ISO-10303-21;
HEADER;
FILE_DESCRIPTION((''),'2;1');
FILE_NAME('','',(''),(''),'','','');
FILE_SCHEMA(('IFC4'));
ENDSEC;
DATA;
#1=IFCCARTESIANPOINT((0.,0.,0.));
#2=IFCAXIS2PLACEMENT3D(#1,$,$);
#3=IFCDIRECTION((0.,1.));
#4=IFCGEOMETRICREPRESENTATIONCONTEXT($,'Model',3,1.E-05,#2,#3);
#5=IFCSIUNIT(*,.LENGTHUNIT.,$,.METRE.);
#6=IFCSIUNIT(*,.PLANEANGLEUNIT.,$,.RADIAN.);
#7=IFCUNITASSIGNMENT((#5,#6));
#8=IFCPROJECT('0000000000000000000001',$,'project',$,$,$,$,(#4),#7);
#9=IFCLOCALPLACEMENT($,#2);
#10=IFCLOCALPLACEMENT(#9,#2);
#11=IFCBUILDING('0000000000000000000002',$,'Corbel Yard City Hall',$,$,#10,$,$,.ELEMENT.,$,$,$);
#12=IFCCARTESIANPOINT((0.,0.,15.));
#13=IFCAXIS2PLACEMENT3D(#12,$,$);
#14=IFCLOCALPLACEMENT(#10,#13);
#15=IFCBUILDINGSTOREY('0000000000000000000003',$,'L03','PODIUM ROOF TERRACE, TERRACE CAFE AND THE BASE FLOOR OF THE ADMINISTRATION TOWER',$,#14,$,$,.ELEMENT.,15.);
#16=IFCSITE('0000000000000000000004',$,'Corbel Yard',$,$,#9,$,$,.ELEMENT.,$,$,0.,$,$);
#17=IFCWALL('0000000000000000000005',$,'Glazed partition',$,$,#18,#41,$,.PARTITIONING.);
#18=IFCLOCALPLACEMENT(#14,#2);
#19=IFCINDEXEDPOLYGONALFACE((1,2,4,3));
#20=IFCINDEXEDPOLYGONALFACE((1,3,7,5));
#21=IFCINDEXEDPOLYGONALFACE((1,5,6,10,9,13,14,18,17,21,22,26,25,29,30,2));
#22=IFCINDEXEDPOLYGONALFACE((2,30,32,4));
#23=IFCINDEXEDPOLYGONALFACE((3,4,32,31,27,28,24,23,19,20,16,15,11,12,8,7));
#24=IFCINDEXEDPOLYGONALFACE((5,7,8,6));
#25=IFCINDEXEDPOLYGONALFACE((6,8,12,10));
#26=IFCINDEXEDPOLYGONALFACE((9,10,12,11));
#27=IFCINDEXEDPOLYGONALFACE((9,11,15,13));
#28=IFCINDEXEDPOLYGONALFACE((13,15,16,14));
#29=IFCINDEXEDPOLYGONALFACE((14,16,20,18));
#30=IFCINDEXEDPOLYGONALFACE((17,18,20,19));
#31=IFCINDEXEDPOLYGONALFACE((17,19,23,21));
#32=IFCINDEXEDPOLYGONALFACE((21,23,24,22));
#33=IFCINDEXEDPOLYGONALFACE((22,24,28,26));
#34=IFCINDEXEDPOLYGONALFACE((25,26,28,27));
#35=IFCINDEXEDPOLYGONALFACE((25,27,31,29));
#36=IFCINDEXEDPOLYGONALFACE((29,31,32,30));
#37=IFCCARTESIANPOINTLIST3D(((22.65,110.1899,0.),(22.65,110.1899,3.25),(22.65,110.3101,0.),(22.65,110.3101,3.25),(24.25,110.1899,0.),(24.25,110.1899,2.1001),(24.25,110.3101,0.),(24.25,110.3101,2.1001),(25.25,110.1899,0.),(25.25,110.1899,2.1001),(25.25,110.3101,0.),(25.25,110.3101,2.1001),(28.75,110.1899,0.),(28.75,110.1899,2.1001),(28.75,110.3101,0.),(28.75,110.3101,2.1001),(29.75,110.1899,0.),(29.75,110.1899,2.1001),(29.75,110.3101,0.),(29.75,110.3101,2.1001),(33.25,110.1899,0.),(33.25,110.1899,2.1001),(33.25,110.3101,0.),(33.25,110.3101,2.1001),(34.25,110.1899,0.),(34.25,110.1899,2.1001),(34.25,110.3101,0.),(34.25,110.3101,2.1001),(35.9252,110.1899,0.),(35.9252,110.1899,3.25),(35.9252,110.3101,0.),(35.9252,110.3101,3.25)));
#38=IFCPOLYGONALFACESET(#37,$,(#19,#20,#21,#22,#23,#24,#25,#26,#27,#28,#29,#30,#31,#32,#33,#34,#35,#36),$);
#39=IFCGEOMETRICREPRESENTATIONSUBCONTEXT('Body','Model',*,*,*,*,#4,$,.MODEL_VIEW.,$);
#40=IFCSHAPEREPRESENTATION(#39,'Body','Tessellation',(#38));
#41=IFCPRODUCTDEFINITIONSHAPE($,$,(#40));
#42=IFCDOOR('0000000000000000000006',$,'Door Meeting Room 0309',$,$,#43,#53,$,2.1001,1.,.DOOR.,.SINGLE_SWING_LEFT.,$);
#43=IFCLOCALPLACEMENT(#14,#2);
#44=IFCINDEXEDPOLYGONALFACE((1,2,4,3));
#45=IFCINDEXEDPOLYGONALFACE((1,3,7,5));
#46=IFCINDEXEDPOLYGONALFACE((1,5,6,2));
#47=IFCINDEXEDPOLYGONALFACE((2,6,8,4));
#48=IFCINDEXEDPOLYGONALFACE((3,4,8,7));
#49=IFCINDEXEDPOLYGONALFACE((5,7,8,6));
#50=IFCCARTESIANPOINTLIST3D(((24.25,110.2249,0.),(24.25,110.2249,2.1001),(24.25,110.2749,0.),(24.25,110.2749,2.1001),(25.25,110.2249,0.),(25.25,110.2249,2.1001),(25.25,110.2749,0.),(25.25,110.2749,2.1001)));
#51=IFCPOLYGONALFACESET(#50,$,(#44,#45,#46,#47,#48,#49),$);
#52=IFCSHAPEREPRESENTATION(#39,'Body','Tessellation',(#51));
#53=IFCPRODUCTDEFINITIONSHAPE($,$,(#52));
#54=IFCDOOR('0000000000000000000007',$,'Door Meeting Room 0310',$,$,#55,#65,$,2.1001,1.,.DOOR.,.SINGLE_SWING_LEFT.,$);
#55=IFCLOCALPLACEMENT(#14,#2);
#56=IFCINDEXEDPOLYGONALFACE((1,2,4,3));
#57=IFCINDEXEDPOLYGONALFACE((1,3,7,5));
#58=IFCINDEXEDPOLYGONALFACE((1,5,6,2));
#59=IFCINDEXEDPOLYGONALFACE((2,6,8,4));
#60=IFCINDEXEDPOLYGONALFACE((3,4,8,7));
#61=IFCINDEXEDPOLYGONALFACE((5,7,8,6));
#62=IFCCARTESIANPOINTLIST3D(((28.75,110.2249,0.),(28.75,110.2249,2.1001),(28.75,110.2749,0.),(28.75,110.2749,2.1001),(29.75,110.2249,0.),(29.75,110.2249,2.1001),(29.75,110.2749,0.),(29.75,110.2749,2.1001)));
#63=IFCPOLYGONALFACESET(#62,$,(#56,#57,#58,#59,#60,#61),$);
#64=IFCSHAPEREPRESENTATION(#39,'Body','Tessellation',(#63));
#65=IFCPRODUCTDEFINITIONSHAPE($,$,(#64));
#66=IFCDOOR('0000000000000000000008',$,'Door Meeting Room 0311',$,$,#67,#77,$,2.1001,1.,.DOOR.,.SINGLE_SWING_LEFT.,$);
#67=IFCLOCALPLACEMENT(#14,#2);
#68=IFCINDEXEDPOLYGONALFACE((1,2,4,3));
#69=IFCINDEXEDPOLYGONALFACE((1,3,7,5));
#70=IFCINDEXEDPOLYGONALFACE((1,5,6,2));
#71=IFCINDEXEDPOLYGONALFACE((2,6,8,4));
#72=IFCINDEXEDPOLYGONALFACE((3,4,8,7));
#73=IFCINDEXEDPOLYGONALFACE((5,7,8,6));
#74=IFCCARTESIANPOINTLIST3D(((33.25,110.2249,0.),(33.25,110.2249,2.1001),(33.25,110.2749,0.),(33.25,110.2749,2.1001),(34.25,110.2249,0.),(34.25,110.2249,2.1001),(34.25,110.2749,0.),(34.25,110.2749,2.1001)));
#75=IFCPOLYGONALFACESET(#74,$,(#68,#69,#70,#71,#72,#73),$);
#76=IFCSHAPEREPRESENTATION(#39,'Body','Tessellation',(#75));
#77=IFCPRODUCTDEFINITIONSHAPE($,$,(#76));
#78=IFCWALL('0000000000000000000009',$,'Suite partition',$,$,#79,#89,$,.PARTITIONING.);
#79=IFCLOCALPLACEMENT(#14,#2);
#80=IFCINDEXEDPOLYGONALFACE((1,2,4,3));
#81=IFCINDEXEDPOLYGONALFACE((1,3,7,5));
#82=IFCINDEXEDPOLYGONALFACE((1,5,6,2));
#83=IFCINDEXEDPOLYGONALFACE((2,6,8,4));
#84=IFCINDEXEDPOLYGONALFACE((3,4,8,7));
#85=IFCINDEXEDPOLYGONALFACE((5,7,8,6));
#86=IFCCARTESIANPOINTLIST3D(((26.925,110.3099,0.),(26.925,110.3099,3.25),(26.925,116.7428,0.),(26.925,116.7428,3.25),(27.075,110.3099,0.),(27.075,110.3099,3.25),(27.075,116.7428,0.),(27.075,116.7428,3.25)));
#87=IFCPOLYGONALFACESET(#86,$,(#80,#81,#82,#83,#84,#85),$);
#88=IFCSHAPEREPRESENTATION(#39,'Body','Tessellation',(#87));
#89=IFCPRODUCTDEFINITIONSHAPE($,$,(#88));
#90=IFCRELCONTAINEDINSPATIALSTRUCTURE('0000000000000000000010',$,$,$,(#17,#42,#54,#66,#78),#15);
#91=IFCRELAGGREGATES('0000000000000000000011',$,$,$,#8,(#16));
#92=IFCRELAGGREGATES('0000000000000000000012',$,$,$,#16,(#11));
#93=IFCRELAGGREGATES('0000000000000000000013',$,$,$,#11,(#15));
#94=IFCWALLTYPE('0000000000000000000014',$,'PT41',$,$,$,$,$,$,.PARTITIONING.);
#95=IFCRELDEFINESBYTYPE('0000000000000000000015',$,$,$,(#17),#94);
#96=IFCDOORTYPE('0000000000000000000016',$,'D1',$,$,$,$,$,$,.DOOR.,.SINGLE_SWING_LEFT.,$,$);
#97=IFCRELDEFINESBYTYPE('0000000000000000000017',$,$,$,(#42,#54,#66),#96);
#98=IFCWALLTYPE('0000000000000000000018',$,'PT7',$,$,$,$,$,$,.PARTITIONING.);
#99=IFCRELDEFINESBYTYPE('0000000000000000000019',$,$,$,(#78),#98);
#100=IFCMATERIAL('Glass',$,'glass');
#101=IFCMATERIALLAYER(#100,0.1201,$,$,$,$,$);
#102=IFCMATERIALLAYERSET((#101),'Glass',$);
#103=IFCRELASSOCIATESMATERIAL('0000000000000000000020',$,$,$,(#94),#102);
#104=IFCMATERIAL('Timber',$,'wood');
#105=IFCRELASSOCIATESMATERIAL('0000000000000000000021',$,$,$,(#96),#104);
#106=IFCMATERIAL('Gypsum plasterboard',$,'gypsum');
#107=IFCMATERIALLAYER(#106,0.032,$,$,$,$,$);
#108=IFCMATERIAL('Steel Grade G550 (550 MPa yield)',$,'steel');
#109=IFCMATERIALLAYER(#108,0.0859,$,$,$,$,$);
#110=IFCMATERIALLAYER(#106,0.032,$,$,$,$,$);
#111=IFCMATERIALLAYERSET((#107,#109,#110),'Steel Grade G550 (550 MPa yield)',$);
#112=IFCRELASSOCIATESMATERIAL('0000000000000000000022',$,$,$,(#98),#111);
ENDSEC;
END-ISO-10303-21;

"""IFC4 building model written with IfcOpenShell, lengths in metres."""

from ifc_helpers import new_model, si_unit, direction, frame, frame_2d, origin, place, context, subcontext, project, spatial, rectangle, extrude, material, layer, layer_set, type_object, element, fill, save


model = new_model("IFC4")

# Units and contexts
model_context = context("Model", 3, precision=1e-05, world=origin(), true_north=direction((0.0, 1.0)))
body_context = subcontext(model_context, "Body", "Model", "MODEL_VIEW")
ifc_project = project(units=[si_unit("LENGTHUNIT", "METRE"), si_unit("PLANEANGLEUNIT", "RADIAN")], contexts=[model_context])

# Site, building, storey
site_placement = place(None, origin())
site = spatial("IfcSite", under=ifc_project, at=site_placement, Name="Corbel Yard", CompositionType="ELEMENT", RefElevation=0.0)
building_placement = place(site_placement, origin())
building = spatial("IfcBuilding", under=site, at=building_placement, Name="Corbel Yard City Hall", CompositionType="ELEMENT")
storey_placement = place(building_placement, frame((0.0, 0.0, 15.0)))
storey = spatial("IfcBuildingStorey", under=building, at=storey_placement, Name="L03", Description="PODIUM ROOF TERRACE, TERRACE CAFE AND THE BASE FLOOR OF THE ADMINISTRATION TOWER", CompositionType="ELEMENT", Elevation=15.0)

# Shared definitions
ifc_material_1 = material(Name="Gypsum plasterboard", Category="gypsum")
ifc_material_2 = material(Name="Steel Grade G550 (550 MPa yield)", Category="steel")

# Wall, openings, doors
ifc_material_3 = material(Name="Glass", Category="glass")
ifc_layer_1 = layer(ifc_material_3, 0.1201)
ifc_layer_set_1 = layer_set([ifc_layer_1], Name="Glass")
wall_type_1 = type_object("IfcWallType", Name="PT41", PredefinedType="PARTITIONING", material=ifc_layer_set_1)
wall_1_placement = place(storey_placement, frame((22.6499, 110.25, 0.0), z_axis=(0.0, 0.0, 1.0), x_axis=(1.0, 0.0, 0.0)))
wall_1 = element("IfcWall", 1, at=wall_1_placement, inside=storey, type_object=wall_type_1, Name="Glazed partition", PredefinedType="PARTITIONING", context=body_context, shape_type="SweptSolid", body=[
    extrude(rectangle(XDim=13.2751, YDim=0.1201, at=frame_2d((6.6377, 0.0))), origin(), (0.0, 0.0, 1.0), 3.25),
])
opening_1_placement = place(wall_1_placement, frame((1.6001, 0.0, 0.0)))
opening_1 = element("IfcOpeningElement", 2, at=opening_1_placement, cuts=wall_1, PredefinedType="OPENING", context=body_context, shape_type="SweptSolid", body=[
    extrude(rectangle(XDim=1.0, YDim=2.1001, at=frame_2d((0.5, 1.05))), frame((0.0, 0.0701, 0.0), z_axis=(0.0, -1.0, 0.0), x_axis=(1.0, 0.0, 0.0)), (0.0, 0.0, 1.0), 0.1401),
])
opening_2_placement = place(wall_1_placement, frame((6.1001, 0.0, 0.0)))
opening_2 = element("IfcOpeningElement", 3, at=opening_2_placement, cuts=wall_1, PredefinedType="OPENING", context=body_context, shape_type="SweptSolid", body=[
    extrude(rectangle(XDim=1.0, YDim=2.1001, at=frame_2d((0.5, 1.05))), frame((0.0, 0.0701, 0.0), z_axis=(0.0, -1.0, 0.0), x_axis=(1.0, 0.0, 0.0)), (0.0, 0.0, 1.0), 0.1401),
])
opening_3_placement = place(wall_1_placement, frame((10.6001, 0.0, 0.0)))
opening_3 = element("IfcOpeningElement", 4, at=opening_3_placement, cuts=wall_1, PredefinedType="OPENING", context=body_context, shape_type="SweptSolid", body=[
    extrude(rectangle(XDim=1.0, YDim=2.1001, at=frame_2d((0.5, 1.05))), frame((0.0, 0.0701, 0.0), z_axis=(0.0, -1.0, 0.0), x_axis=(1.0, 0.0, 0.0)), (0.0, 0.0, 1.0), 0.1401),
])
ifc_material_4 = material(Name="Timber", Category="wood")
door_type = type_object("IfcDoorType", Name="D1", OperationType="SINGLE_SWING_LEFT", PredefinedType="DOOR", material=ifc_material_4)
door_1_placement = place(opening_1_placement, origin())
door_1 = element("IfcDoor", 5, at=door_1_placement, inside=storey, type_object=door_type, Name="Door Meeting Room 0309", OperationType="SINGLE_SWING_LEFT", OverallHeight=2.1001, OverallWidth=1.0, PredefinedType="DOOR", context=body_context, shape_type="SweptSolid", body=[
    extrude(rectangle(XDim=1.0, YDim=2.1001, at=frame_2d((0.5, 1.05))), frame((0.0, 0.0249, 0.0), z_axis=(0.0, -1.0, 0.0), x_axis=(1.0, 0.0, 0.0)), (0.0, 0.0, 1.0), 0.05),
])
fill(opening_1, door_1)
door_2_placement = place(opening_2_placement, origin())
door_2 = element("IfcDoor", 6, at=door_2_placement, inside=storey, type_object=door_type, Name="Door Meeting Room 0310", OperationType="SINGLE_SWING_LEFT", OverallHeight=2.1001, OverallWidth=1.0, PredefinedType="DOOR", context=body_context, shape_type="SweptSolid", body=[
    extrude(rectangle(XDim=1.0, YDim=2.1001, at=frame_2d((0.5, 1.05))), frame((0.0, 0.0249, 0.0), z_axis=(0.0, -1.0, 0.0), x_axis=(1.0, 0.0, 0.0)), (0.0, 0.0, 1.0), 0.05),
])
fill(opening_2, door_2)
door_3_placement = place(opening_3_placement, origin())
door_3 = element("IfcDoor", 7, at=door_3_placement, inside=storey, type_object=door_type, Name="Door Meeting Room 0311", OperationType="SINGLE_SWING_LEFT", OverallHeight=2.1001, OverallWidth=1.0, PredefinedType="DOOR", context=body_context, shape_type="SweptSolid", body=[
    extrude(rectangle(XDim=1.0, YDim=2.1001, at=frame_2d((0.5, 1.05))), frame((0.0, 0.0249, 0.0), z_axis=(0.0, -1.0, 0.0), x_axis=(1.0, 0.0, 0.0)), (0.0, 0.0, 1.0), 0.05),
])
fill(opening_3, door_3)

# Wall
ifc_layer_2 = layer(ifc_material_1, 0.032)
ifc_layer_3 = layer(ifc_material_2, 0.0859)
ifc_layer_4 = layer(ifc_material_1, 0.032)
ifc_layer_set_2 = layer_set([ifc_layer_2, ifc_layer_3, ifc_layer_4], Name="Steel Grade G550 (550 MPa yield)")
wall_type_2 = type_object("IfcWallType", Name="PT7", PredefinedType="PARTITIONING", material=ifc_layer_set_2)
wall_2_placement = place(storey_placement, frame((27.0, 110.3101, 0.0), z_axis=(0.0, 0.0, 1.0), x_axis=(0.0, 1.0, 0.0)))
element("IfcWall", 8, at=wall_2_placement, inside=storey, type_object=wall_type_2, Name="Suite partition", PredefinedType="PARTITIONING", context=body_context, shape_type="SweptSolid", body=[
    extrude(rectangle(XDim=6.4329, YDim=0.1499, at=frame_2d((3.2163, 0.0))), origin(), (0.0, 0.0, 1.0), 3.25),
])

save(model, "model.ifc")
